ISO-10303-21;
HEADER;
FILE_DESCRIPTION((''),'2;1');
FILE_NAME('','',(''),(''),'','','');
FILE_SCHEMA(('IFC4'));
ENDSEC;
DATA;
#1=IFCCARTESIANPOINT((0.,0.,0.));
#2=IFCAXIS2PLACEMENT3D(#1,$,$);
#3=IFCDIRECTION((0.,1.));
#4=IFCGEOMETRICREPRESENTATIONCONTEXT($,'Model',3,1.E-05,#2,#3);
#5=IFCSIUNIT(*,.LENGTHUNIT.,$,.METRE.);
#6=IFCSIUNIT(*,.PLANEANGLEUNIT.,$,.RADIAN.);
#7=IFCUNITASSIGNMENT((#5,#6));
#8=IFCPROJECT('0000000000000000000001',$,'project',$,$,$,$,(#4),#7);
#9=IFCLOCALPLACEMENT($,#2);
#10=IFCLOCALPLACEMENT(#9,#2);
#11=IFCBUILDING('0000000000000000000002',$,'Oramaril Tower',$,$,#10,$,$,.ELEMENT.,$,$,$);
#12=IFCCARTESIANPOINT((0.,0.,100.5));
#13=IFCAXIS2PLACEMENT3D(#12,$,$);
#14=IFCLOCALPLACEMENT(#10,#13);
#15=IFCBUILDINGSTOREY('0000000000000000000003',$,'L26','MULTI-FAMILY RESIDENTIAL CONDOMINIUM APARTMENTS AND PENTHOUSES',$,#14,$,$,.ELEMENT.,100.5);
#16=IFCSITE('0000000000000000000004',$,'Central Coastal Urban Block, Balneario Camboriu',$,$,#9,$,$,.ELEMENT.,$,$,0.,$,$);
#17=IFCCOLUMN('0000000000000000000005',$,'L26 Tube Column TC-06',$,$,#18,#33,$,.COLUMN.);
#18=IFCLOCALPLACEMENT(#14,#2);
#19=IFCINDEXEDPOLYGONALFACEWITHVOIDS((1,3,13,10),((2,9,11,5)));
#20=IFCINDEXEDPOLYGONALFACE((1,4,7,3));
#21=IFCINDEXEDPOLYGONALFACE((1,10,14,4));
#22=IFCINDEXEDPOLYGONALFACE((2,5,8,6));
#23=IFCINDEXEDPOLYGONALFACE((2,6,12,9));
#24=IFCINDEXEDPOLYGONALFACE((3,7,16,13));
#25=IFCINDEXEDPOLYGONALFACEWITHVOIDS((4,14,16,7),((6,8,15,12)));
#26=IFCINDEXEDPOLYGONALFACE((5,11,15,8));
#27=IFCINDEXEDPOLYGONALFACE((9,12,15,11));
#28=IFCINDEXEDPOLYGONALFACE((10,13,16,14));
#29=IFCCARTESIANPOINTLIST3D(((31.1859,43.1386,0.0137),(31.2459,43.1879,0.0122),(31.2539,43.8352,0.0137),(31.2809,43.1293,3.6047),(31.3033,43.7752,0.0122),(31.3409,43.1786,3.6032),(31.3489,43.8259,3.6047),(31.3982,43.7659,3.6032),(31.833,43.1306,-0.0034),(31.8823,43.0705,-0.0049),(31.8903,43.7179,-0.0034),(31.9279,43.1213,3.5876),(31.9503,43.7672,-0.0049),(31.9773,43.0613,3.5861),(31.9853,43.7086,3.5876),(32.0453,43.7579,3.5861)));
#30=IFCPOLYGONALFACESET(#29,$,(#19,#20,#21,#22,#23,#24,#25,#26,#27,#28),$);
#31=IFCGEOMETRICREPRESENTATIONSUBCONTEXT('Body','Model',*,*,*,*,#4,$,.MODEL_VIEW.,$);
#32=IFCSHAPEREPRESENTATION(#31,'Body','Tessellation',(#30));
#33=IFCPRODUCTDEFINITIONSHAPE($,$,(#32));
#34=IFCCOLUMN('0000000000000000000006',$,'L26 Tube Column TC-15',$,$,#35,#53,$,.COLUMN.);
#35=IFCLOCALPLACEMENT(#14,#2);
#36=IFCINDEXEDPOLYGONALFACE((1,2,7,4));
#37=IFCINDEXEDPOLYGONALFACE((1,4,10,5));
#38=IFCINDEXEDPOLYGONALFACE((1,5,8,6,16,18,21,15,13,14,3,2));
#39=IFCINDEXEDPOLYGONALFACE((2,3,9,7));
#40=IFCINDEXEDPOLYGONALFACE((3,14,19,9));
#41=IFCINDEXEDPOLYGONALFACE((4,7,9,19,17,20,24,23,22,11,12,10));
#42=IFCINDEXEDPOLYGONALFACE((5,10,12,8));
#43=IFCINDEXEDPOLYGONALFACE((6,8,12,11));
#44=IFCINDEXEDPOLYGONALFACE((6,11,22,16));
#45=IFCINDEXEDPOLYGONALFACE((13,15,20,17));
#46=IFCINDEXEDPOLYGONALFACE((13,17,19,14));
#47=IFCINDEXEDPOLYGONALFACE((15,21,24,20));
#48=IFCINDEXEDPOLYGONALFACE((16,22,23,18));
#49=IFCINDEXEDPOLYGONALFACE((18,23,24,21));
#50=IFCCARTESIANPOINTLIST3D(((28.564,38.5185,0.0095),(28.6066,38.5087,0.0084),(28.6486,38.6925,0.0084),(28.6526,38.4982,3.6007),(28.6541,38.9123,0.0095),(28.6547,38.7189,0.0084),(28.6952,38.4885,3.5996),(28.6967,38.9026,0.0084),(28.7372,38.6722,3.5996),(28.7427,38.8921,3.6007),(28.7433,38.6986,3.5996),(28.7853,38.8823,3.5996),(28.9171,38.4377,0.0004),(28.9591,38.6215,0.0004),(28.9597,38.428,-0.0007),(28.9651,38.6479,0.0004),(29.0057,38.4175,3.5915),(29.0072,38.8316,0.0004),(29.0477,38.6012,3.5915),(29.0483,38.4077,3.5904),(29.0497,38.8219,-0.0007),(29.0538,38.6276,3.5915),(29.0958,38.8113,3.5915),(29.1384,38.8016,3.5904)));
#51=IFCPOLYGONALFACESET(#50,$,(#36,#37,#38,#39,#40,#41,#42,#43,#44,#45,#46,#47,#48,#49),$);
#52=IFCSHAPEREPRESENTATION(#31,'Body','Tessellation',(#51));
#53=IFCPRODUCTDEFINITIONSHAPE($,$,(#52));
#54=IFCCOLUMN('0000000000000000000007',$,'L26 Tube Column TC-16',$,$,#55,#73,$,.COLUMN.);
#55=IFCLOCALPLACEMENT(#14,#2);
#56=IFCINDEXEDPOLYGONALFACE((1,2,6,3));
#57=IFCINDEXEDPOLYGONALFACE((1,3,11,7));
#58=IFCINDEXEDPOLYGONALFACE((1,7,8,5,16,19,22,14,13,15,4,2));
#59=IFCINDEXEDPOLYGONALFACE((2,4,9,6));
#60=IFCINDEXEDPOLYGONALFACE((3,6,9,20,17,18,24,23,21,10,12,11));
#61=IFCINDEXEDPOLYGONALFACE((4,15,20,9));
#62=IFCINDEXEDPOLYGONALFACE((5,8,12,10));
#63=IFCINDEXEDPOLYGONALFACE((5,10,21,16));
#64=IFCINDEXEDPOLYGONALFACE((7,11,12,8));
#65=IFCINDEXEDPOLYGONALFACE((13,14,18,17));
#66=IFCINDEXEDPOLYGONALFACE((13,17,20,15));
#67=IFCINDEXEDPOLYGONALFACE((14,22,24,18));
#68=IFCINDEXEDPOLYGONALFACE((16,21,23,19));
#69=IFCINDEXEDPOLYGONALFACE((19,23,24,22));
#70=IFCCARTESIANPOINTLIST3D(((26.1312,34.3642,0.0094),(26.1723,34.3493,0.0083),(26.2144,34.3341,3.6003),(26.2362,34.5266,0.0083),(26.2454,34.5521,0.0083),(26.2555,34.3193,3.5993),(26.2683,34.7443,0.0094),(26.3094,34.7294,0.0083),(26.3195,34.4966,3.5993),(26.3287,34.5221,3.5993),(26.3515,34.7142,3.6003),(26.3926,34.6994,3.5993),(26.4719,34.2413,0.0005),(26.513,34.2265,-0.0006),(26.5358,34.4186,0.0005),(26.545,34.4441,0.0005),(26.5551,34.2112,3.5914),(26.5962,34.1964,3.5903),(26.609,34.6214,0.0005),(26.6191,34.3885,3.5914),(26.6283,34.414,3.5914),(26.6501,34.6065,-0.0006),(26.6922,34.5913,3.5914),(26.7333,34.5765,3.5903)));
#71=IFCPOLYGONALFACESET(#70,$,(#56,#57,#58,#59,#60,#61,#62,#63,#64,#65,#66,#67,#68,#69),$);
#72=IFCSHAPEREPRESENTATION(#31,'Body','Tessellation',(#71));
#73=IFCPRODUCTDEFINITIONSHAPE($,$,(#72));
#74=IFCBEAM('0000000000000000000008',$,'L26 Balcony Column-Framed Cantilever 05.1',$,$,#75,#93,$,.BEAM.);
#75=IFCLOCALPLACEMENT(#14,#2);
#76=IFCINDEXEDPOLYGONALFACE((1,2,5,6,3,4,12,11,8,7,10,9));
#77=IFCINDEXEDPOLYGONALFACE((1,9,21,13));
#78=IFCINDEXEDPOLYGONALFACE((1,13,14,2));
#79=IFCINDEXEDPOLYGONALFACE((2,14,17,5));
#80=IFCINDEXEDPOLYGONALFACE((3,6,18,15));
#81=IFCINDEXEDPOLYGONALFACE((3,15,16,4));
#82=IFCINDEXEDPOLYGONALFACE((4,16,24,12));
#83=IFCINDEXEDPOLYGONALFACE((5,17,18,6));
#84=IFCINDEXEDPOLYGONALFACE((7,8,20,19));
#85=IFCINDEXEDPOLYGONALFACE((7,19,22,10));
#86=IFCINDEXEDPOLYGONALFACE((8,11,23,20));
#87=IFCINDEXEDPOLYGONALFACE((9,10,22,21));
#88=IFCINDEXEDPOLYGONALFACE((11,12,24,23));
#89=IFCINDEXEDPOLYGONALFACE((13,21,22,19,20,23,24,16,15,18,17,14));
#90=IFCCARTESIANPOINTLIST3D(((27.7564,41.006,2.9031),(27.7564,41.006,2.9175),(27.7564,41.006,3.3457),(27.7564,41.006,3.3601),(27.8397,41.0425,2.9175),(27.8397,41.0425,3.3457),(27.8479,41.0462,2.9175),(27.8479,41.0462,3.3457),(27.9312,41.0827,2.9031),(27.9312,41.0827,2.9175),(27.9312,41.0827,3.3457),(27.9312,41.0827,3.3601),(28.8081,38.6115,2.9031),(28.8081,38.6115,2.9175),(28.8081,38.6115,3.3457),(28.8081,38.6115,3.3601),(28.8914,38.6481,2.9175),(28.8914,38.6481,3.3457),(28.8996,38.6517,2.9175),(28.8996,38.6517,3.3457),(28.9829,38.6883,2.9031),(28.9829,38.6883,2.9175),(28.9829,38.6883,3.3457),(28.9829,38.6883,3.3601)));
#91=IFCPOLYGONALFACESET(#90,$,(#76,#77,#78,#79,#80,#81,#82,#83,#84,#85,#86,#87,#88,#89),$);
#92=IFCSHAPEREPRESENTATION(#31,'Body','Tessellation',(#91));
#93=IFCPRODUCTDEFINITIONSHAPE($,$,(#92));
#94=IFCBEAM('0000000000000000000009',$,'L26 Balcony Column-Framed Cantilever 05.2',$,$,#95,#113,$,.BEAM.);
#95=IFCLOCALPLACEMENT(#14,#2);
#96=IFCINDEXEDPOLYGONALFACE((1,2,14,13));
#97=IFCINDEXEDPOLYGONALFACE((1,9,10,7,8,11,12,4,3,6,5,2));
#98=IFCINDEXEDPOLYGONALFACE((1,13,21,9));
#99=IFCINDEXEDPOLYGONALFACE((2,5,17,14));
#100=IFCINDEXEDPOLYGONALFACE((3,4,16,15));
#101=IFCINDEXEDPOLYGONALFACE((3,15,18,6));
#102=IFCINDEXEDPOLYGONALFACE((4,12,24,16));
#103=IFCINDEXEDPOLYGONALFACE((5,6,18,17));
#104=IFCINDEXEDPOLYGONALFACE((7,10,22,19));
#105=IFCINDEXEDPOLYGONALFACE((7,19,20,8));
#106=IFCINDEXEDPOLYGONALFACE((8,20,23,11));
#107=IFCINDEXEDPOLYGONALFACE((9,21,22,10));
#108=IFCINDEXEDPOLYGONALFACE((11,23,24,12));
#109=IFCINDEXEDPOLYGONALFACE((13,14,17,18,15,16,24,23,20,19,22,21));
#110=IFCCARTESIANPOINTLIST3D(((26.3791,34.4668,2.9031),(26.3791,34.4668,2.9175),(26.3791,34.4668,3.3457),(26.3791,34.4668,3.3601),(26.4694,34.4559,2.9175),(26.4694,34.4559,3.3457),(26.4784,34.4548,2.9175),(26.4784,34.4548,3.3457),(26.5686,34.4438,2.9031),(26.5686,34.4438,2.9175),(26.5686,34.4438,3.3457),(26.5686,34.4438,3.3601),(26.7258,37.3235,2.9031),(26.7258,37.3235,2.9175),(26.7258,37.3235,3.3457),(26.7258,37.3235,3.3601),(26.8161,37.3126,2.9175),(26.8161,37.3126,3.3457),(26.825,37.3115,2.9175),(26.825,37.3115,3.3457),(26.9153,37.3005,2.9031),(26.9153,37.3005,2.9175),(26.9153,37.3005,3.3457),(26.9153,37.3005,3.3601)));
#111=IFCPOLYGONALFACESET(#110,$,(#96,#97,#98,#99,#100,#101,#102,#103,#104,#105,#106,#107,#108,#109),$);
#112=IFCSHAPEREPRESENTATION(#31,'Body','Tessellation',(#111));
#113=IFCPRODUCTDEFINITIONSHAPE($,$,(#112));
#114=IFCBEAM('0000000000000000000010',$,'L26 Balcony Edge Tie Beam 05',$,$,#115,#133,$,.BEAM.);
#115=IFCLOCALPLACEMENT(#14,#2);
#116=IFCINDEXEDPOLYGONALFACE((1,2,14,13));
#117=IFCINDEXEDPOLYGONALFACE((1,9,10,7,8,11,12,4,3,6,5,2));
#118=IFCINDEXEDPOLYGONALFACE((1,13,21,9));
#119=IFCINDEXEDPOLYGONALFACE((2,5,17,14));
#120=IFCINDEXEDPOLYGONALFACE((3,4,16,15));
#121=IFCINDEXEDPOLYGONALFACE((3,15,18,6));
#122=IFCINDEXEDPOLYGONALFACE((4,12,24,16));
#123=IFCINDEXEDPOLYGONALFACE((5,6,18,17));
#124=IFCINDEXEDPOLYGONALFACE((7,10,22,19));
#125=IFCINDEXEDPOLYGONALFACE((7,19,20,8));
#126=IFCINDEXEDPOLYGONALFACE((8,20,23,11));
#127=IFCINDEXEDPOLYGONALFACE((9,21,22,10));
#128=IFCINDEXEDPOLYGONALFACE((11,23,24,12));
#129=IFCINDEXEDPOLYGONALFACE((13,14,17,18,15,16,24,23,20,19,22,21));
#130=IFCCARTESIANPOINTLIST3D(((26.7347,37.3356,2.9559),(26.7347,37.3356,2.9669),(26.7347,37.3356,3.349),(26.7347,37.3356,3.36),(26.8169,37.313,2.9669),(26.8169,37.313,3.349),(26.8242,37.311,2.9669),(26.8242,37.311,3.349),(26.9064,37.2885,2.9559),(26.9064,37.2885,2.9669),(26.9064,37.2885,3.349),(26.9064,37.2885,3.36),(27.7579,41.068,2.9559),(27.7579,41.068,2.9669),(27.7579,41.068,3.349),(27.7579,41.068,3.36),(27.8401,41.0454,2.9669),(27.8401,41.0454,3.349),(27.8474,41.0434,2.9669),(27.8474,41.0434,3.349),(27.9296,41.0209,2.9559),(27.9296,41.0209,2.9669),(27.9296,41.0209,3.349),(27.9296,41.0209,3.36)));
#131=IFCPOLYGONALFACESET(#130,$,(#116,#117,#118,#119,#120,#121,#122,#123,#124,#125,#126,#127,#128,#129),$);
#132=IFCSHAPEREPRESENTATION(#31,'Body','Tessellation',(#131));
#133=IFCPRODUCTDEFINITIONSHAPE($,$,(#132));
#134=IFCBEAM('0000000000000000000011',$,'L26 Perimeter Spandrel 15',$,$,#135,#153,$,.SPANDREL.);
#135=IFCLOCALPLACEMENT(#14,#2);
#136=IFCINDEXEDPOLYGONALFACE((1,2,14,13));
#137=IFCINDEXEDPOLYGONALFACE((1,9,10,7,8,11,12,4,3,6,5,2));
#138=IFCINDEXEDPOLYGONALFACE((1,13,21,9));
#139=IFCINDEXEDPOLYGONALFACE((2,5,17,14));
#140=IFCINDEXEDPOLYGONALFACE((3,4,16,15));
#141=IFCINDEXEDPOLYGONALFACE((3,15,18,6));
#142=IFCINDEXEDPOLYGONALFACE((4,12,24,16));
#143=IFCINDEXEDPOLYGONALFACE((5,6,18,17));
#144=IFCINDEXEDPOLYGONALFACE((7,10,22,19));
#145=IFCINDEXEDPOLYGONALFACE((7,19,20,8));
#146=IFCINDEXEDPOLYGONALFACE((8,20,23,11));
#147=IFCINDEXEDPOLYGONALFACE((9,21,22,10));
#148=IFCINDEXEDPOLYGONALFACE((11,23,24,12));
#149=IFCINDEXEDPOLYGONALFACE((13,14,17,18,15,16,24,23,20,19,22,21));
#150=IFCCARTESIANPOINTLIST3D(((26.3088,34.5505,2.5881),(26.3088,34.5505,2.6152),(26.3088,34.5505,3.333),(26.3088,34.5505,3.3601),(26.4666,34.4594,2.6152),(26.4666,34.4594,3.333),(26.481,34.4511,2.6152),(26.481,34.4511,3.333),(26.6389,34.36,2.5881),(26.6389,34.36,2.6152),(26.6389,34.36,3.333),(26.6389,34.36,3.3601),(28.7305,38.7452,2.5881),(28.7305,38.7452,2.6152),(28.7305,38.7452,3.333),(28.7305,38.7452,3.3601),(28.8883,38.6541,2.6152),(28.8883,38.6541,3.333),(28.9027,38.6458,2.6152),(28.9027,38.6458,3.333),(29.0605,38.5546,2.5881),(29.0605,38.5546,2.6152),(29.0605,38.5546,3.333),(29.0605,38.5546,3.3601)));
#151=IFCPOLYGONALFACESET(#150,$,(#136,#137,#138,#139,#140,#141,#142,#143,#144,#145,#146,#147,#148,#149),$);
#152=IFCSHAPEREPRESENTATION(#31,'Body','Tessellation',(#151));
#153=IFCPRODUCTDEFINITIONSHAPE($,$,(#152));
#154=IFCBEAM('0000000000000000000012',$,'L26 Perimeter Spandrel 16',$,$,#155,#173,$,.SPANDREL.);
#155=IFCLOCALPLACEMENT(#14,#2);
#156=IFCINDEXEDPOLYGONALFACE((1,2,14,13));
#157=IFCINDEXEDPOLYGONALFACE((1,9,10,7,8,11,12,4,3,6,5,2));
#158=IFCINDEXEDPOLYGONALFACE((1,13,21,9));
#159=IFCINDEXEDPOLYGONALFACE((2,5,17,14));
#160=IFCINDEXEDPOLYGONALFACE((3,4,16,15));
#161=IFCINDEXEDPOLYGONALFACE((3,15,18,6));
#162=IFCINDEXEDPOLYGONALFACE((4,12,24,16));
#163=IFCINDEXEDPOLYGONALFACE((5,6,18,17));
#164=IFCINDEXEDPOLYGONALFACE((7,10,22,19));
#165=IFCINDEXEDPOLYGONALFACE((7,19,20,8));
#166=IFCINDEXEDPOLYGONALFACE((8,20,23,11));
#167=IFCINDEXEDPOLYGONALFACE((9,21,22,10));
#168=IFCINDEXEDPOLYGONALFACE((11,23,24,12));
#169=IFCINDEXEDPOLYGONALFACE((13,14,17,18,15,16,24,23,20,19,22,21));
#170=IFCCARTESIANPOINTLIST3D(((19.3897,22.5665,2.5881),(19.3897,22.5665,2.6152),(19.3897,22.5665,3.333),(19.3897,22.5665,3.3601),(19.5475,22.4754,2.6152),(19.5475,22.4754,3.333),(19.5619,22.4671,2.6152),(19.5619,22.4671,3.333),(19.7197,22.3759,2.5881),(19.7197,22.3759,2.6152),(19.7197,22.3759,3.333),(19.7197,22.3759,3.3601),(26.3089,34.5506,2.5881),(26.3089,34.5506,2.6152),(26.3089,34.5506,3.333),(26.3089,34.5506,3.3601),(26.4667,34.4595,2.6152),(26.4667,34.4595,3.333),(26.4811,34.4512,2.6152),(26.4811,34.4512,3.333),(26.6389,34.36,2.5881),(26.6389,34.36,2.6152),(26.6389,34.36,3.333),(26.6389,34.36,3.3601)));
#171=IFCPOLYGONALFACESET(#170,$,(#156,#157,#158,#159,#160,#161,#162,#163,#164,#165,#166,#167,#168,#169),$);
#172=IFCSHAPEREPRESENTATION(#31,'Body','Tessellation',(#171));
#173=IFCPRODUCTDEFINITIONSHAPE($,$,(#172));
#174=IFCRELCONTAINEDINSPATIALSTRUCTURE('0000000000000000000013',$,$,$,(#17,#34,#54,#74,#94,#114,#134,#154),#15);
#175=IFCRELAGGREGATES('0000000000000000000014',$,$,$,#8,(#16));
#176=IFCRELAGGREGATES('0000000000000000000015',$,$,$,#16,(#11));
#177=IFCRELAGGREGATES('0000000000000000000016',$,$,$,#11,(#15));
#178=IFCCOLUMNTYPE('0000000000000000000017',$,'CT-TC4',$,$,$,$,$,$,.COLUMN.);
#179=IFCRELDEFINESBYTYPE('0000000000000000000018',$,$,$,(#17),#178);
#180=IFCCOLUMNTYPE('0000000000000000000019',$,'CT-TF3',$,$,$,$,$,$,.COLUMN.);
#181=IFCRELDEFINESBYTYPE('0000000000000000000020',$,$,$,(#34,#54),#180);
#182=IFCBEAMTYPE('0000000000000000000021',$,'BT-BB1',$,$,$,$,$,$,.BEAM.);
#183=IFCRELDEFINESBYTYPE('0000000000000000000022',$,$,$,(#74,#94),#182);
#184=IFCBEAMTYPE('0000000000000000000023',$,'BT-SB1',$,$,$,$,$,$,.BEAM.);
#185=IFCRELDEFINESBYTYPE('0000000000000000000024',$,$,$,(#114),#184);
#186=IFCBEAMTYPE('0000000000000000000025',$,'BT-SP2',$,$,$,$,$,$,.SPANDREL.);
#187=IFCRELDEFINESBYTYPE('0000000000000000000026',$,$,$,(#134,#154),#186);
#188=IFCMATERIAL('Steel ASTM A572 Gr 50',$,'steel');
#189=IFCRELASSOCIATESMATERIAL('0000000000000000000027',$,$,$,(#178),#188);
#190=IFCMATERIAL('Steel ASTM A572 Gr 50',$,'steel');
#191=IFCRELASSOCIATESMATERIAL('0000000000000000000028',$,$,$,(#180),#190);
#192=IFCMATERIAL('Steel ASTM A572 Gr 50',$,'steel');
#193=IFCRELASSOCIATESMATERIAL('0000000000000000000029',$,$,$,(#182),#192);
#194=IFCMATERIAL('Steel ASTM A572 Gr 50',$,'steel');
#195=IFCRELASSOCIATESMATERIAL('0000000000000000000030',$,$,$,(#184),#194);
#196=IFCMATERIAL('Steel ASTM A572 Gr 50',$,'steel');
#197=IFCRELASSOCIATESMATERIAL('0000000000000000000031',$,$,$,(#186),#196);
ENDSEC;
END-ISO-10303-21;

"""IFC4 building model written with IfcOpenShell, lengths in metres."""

from ifc_helpers import new_model, si_unit, direction, frame, origin, origin_2d, place, context, subcontext, project, spatial, hollow_rectangle, i_section, extrude, material, material_profile, profile_set, type_object, element, save


model = new_model("IFC4")

# Units and contexts
model_context = context("Model", 3, precision=1e-05, world=origin(), true_north=direction((0.0, 1.0)))
body_context = subcontext(model_context, "Body", "Model", "MODEL_VIEW")
ifc_project = project(units=[si_unit("LENGTHUNIT", "METRE"), si_unit("PLANEANGLEUNIT", "RADIAN")], contexts=[model_context])

# Site, building, storey
site_placement = place(None, origin())
site = spatial("IfcSite", under=ifc_project, at=site_placement, Name="Central Coastal Urban Block, Balneario Camboriu", CompositionType="ELEMENT", RefElevation=0.0)
building_placement = place(site_placement, origin())
building = spatial("IfcBuilding", under=site, at=building_placement, Name="Oramaril Tower", CompositionType="ELEMENT")
storey_placement = place(building_placement, frame((0.0, 0.0, 100.5)))
storey = spatial("IfcBuildingStorey", under=building, at=storey_placement, Name="L26", Description="MULTI-FAMILY RESIDENTIAL CONDOMINIUM APARTMENTS AND PENTHOUSES", CompositionType="ELEMENT", Elevation=100.5)

# Columns
ifc_material_1 = material(Name="Steel ASTM A572 Gr 50", Category="steel")
ifc_material_profile_1 = material_profile(ifc_material_1, hollow_rectangle(XDim=0.7, YDim=0.7, WallThickness=0.0549, at=origin_2d()), Name="BOX700X700X55")
ifc_profile_set_1 = profile_set([ifc_material_profile_1], Name="Steel ASTM A572 Gr 50")
column_type_1 = type_object("IfcColumnType", Name="CT-TC4", PredefinedType="COLUMN", material=ifc_profile_set_1)
column_1_placement = place(storey_placement, frame((31.5681, 43.4529, 0.0044), z_axis=(0.026437, -0.002583, 0.999647), x_axis=(0.097224, 0.995263, 0.0)))
element("IfcColumn", 1, at=column_1_placement, inside=storey, type_object=column_type_1, Name="L26 Tube Column TC-06", PredefinedType="COLUMN", context=body_context, shape_type="SweptSolid", body=[
    extrude(hollow_rectangle(XDim=0.7, YDim=0.7, WallThickness=0.0549, at=origin_2d()), origin(), (0.0, 0.0, 1.0), 3.5923),
])
ifc_material_2 = material(Name="Steel ASTM A572 Gr 50", Category="steel")
ifc_material_profile_2 = material_profile(ifc_material_2, i_section(OverallWidth=0.4041, OverallDepth=0.406, WebThickness=0.0271, FlangeThickness=0.0437, at=origin_2d()), Name="W14X233")
ifc_profile_set_2 = profile_set([ifc_material_profile_2], Name="Steel ASTM A572 Gr 50")
column_type_2 = type_object("IfcColumnType", Name="CT-TF3", PredefinedType="COLUMN", material=ifc_profile_set_2)
column_2_placement = place(storey_placement, frame((28.8069, 38.6702, 0.0044), z_axis=(0.024671, -0.005641, 0.99968), x_axis=(0.222898, 0.974842, 0.0)))
element("IfcColumn", 2, at=column_2_placement, inside=storey, type_object=column_type_2, Name="L26 Tube Column TC-15", PredefinedType="COLUMN", context=body_context, shape_type="SweptSolid", body=[
    extrude(i_section(OverallWidth=0.4041, OverallDepth=0.406, WebThickness=0.0271, FlangeThickness=0.0437, at=origin_2d()), origin(), (0.0, 0.0, 1.0), 3.5923),
])
column_3_placement = place(storey_placement, frame((26.3906, 34.4854, 0.0044), z_axis=(0.023176, -0.00836, 0.999696), x_axis=(0.339306, 0.940676, 0.0)))
element("IfcColumn", 3, at=column_3_placement, inside=storey, type_object=column_type_2, Name="L26 Tube Column TC-16", PredefinedType="COLUMN", context=body_context, shape_type="SweptSolid", body=[
    extrude(i_section(OverallWidth=0.4041, OverallDepth=0.406, WebThickness=0.0271, FlangeThickness=0.0437, at=origin_2d()), origin(), (0.0, 0.0, 1.0), 3.592),
])

# Beams
ifc_material_3 = material(Name="Steel ASTM A572 Gr 50", Category="steel")
ifc_material_profile_3 = material_profile(ifc_material_3, i_section(OverallWidth=0.1909, OverallDepth=0.457, WebThickness=0.009, FlangeThickness=0.0144, at=origin_2d()), Name="W18X50")
ifc_profile_set_3 = profile_set([ifc_material_profile_3], Name="Steel ASTM A572 Gr 50")
beam_type_1 = type_object("IfcBeamType", Name="BT-BB1", PredefinedType="BEAM", material=ifc_profile_set_3)
beam_1_placement = place(storey_placement, frame((28.8955, 38.6499, 3.1316), z_axis=(-0.40215, 0.915574, 0.0), x_axis=(-0.915574, -0.40215, 0.0)))
element("IfcBeam", 4, at=beam_1_placement, inside=storey, type_object=beam_type_1, Name="L26 Balcony Column-Framed Cantilever 05.1", PredefinedType="BEAM", context=body_context, shape_type="SweptSolid", body=[
    extrude(i_section(OverallWidth=0.1909, OverallDepth=0.457, WebThickness=0.009, FlangeThickness=0.0144, at=origin_2d()), origin(), (0.0, 0.0, 1.0), 2.6152),
])
beam_2_placement = place(storey_placement, frame((26.4739, 34.4553, 3.1316), z_axis=(0.120473, 0.992717, 0.0), x_axis=(-0.992717, 0.120473, 0.0)))
element("IfcBeam", 5, at=beam_2_placement, inside=storey, type_object=beam_type_1, Name="L26 Balcony Column-Framed Cantilever 05.2", PredefinedType="BEAM", context=body_context, shape_type="SweptSolid", body=[
    extrude(i_section(OverallWidth=0.1909, OverallDepth=0.457, WebThickness=0.009, FlangeThickness=0.0144, at=origin_2d()), origin(), (0.0, 0.0, 1.0), 2.8777),
])
ifc_material_4 = material(Name="Steel ASTM A572 Gr 50", Category="steel")
ifc_material_profile_4 = material_profile(ifc_material_4, i_section(OverallWidth=0.178, OverallDepth=0.4041, WebThickness=0.0076, FlangeThickness=0.011, at=origin_2d()), Name="W16X36")
ifc_profile_set_4 = profile_set([ifc_material_profile_4], Name="Steel ASTM A572 Gr 50")
beam_type_2 = type_object("IfcBeamType", Name="BT-SB1", PredefinedType="BEAM", material=ifc_profile_set_4)
beam_3_placement = place(storey_placement, frame((27.8438, 41.0444, 3.158), z_axis=(-0.264382, -0.964418, 0.0), x_axis=(0.964418, -0.264382, 0.0)))
element("IfcBeam", 6, at=beam_3_placement, inside=storey, type_object=beam_type_2, Name="L26 Balcony Edge Tie Beam 05", PredefinedType="BEAM", context=body_context, shape_type="SweptSolid", body=[
    extrude(i_section(OverallWidth=0.178, OverallDepth=0.4041, WebThickness=0.0076, FlangeThickness=0.011, at=origin_2d()), origin(), (0.0, 0.0, 1.0), 3.8701),
])
ifc_material_5 = material(Name="Steel ASTM A572 Gr 50", Category="steel")
ifc_material_profile_5 = material_profile(ifc_material_5, i_section(OverallWidth=0.3811, OverallDepth=0.772, WebThickness=0.0166, FlangeThickness=0.0271, at=origin_2d()), Name="W30X173")
ifc_profile_set_5 = profile_set([ifc_material_profile_5], Name="Steel ASTM A572 Gr 50")
beam_type_3 = type_object("IfcBeamType", Name="BT-SP2", PredefinedType="SPANDREL", material=ifc_profile_set_5)
beam_4_placement = place(storey_placement, frame((28.8955, 38.6499, 2.9741), z_axis=(-0.499983, -0.866035, 0.0), x_axis=(0.866035, -0.499983, 0.0)))
element("IfcBeam", 7, at=beam_4_placement, inside=storey, type_object=beam_type_3, Name="L26 Perimeter Spandrel 15", PredefinedType="SPANDREL", context=body_context, shape_type="SweptSolid", body=[
    extrude(i_section(OverallWidth=0.3811, OverallDepth=0.772, WebThickness=0.0166, FlangeThickness=0.0271, at=origin_2d()), origin(), (0.0, 0.0, 1.0), 4.8435),
])
beam_5_placement = place(storey_placement, frame((26.4739, 34.4553, 2.9741), z_axis=(-0.500008, -0.866021, 0.0), x_axis=(0.866021, -0.500008, 0.0)))
element("IfcBeam", 8, at=beam_5_placement, inside=storey, type_object=beam_type_3, Name="L26 Perimeter Spandrel 16", PredefinedType="SPANDREL", context=body_context, shape_type="SweptSolid", body=[
    extrude(i_section(OverallWidth=0.3811, OverallDepth=0.772, WebThickness=0.0166, FlangeThickness=0.0271, at=origin_2d()), origin(), (0.0, 0.0, 1.0), 13.8381),
])

save(model, "model.ifc")
